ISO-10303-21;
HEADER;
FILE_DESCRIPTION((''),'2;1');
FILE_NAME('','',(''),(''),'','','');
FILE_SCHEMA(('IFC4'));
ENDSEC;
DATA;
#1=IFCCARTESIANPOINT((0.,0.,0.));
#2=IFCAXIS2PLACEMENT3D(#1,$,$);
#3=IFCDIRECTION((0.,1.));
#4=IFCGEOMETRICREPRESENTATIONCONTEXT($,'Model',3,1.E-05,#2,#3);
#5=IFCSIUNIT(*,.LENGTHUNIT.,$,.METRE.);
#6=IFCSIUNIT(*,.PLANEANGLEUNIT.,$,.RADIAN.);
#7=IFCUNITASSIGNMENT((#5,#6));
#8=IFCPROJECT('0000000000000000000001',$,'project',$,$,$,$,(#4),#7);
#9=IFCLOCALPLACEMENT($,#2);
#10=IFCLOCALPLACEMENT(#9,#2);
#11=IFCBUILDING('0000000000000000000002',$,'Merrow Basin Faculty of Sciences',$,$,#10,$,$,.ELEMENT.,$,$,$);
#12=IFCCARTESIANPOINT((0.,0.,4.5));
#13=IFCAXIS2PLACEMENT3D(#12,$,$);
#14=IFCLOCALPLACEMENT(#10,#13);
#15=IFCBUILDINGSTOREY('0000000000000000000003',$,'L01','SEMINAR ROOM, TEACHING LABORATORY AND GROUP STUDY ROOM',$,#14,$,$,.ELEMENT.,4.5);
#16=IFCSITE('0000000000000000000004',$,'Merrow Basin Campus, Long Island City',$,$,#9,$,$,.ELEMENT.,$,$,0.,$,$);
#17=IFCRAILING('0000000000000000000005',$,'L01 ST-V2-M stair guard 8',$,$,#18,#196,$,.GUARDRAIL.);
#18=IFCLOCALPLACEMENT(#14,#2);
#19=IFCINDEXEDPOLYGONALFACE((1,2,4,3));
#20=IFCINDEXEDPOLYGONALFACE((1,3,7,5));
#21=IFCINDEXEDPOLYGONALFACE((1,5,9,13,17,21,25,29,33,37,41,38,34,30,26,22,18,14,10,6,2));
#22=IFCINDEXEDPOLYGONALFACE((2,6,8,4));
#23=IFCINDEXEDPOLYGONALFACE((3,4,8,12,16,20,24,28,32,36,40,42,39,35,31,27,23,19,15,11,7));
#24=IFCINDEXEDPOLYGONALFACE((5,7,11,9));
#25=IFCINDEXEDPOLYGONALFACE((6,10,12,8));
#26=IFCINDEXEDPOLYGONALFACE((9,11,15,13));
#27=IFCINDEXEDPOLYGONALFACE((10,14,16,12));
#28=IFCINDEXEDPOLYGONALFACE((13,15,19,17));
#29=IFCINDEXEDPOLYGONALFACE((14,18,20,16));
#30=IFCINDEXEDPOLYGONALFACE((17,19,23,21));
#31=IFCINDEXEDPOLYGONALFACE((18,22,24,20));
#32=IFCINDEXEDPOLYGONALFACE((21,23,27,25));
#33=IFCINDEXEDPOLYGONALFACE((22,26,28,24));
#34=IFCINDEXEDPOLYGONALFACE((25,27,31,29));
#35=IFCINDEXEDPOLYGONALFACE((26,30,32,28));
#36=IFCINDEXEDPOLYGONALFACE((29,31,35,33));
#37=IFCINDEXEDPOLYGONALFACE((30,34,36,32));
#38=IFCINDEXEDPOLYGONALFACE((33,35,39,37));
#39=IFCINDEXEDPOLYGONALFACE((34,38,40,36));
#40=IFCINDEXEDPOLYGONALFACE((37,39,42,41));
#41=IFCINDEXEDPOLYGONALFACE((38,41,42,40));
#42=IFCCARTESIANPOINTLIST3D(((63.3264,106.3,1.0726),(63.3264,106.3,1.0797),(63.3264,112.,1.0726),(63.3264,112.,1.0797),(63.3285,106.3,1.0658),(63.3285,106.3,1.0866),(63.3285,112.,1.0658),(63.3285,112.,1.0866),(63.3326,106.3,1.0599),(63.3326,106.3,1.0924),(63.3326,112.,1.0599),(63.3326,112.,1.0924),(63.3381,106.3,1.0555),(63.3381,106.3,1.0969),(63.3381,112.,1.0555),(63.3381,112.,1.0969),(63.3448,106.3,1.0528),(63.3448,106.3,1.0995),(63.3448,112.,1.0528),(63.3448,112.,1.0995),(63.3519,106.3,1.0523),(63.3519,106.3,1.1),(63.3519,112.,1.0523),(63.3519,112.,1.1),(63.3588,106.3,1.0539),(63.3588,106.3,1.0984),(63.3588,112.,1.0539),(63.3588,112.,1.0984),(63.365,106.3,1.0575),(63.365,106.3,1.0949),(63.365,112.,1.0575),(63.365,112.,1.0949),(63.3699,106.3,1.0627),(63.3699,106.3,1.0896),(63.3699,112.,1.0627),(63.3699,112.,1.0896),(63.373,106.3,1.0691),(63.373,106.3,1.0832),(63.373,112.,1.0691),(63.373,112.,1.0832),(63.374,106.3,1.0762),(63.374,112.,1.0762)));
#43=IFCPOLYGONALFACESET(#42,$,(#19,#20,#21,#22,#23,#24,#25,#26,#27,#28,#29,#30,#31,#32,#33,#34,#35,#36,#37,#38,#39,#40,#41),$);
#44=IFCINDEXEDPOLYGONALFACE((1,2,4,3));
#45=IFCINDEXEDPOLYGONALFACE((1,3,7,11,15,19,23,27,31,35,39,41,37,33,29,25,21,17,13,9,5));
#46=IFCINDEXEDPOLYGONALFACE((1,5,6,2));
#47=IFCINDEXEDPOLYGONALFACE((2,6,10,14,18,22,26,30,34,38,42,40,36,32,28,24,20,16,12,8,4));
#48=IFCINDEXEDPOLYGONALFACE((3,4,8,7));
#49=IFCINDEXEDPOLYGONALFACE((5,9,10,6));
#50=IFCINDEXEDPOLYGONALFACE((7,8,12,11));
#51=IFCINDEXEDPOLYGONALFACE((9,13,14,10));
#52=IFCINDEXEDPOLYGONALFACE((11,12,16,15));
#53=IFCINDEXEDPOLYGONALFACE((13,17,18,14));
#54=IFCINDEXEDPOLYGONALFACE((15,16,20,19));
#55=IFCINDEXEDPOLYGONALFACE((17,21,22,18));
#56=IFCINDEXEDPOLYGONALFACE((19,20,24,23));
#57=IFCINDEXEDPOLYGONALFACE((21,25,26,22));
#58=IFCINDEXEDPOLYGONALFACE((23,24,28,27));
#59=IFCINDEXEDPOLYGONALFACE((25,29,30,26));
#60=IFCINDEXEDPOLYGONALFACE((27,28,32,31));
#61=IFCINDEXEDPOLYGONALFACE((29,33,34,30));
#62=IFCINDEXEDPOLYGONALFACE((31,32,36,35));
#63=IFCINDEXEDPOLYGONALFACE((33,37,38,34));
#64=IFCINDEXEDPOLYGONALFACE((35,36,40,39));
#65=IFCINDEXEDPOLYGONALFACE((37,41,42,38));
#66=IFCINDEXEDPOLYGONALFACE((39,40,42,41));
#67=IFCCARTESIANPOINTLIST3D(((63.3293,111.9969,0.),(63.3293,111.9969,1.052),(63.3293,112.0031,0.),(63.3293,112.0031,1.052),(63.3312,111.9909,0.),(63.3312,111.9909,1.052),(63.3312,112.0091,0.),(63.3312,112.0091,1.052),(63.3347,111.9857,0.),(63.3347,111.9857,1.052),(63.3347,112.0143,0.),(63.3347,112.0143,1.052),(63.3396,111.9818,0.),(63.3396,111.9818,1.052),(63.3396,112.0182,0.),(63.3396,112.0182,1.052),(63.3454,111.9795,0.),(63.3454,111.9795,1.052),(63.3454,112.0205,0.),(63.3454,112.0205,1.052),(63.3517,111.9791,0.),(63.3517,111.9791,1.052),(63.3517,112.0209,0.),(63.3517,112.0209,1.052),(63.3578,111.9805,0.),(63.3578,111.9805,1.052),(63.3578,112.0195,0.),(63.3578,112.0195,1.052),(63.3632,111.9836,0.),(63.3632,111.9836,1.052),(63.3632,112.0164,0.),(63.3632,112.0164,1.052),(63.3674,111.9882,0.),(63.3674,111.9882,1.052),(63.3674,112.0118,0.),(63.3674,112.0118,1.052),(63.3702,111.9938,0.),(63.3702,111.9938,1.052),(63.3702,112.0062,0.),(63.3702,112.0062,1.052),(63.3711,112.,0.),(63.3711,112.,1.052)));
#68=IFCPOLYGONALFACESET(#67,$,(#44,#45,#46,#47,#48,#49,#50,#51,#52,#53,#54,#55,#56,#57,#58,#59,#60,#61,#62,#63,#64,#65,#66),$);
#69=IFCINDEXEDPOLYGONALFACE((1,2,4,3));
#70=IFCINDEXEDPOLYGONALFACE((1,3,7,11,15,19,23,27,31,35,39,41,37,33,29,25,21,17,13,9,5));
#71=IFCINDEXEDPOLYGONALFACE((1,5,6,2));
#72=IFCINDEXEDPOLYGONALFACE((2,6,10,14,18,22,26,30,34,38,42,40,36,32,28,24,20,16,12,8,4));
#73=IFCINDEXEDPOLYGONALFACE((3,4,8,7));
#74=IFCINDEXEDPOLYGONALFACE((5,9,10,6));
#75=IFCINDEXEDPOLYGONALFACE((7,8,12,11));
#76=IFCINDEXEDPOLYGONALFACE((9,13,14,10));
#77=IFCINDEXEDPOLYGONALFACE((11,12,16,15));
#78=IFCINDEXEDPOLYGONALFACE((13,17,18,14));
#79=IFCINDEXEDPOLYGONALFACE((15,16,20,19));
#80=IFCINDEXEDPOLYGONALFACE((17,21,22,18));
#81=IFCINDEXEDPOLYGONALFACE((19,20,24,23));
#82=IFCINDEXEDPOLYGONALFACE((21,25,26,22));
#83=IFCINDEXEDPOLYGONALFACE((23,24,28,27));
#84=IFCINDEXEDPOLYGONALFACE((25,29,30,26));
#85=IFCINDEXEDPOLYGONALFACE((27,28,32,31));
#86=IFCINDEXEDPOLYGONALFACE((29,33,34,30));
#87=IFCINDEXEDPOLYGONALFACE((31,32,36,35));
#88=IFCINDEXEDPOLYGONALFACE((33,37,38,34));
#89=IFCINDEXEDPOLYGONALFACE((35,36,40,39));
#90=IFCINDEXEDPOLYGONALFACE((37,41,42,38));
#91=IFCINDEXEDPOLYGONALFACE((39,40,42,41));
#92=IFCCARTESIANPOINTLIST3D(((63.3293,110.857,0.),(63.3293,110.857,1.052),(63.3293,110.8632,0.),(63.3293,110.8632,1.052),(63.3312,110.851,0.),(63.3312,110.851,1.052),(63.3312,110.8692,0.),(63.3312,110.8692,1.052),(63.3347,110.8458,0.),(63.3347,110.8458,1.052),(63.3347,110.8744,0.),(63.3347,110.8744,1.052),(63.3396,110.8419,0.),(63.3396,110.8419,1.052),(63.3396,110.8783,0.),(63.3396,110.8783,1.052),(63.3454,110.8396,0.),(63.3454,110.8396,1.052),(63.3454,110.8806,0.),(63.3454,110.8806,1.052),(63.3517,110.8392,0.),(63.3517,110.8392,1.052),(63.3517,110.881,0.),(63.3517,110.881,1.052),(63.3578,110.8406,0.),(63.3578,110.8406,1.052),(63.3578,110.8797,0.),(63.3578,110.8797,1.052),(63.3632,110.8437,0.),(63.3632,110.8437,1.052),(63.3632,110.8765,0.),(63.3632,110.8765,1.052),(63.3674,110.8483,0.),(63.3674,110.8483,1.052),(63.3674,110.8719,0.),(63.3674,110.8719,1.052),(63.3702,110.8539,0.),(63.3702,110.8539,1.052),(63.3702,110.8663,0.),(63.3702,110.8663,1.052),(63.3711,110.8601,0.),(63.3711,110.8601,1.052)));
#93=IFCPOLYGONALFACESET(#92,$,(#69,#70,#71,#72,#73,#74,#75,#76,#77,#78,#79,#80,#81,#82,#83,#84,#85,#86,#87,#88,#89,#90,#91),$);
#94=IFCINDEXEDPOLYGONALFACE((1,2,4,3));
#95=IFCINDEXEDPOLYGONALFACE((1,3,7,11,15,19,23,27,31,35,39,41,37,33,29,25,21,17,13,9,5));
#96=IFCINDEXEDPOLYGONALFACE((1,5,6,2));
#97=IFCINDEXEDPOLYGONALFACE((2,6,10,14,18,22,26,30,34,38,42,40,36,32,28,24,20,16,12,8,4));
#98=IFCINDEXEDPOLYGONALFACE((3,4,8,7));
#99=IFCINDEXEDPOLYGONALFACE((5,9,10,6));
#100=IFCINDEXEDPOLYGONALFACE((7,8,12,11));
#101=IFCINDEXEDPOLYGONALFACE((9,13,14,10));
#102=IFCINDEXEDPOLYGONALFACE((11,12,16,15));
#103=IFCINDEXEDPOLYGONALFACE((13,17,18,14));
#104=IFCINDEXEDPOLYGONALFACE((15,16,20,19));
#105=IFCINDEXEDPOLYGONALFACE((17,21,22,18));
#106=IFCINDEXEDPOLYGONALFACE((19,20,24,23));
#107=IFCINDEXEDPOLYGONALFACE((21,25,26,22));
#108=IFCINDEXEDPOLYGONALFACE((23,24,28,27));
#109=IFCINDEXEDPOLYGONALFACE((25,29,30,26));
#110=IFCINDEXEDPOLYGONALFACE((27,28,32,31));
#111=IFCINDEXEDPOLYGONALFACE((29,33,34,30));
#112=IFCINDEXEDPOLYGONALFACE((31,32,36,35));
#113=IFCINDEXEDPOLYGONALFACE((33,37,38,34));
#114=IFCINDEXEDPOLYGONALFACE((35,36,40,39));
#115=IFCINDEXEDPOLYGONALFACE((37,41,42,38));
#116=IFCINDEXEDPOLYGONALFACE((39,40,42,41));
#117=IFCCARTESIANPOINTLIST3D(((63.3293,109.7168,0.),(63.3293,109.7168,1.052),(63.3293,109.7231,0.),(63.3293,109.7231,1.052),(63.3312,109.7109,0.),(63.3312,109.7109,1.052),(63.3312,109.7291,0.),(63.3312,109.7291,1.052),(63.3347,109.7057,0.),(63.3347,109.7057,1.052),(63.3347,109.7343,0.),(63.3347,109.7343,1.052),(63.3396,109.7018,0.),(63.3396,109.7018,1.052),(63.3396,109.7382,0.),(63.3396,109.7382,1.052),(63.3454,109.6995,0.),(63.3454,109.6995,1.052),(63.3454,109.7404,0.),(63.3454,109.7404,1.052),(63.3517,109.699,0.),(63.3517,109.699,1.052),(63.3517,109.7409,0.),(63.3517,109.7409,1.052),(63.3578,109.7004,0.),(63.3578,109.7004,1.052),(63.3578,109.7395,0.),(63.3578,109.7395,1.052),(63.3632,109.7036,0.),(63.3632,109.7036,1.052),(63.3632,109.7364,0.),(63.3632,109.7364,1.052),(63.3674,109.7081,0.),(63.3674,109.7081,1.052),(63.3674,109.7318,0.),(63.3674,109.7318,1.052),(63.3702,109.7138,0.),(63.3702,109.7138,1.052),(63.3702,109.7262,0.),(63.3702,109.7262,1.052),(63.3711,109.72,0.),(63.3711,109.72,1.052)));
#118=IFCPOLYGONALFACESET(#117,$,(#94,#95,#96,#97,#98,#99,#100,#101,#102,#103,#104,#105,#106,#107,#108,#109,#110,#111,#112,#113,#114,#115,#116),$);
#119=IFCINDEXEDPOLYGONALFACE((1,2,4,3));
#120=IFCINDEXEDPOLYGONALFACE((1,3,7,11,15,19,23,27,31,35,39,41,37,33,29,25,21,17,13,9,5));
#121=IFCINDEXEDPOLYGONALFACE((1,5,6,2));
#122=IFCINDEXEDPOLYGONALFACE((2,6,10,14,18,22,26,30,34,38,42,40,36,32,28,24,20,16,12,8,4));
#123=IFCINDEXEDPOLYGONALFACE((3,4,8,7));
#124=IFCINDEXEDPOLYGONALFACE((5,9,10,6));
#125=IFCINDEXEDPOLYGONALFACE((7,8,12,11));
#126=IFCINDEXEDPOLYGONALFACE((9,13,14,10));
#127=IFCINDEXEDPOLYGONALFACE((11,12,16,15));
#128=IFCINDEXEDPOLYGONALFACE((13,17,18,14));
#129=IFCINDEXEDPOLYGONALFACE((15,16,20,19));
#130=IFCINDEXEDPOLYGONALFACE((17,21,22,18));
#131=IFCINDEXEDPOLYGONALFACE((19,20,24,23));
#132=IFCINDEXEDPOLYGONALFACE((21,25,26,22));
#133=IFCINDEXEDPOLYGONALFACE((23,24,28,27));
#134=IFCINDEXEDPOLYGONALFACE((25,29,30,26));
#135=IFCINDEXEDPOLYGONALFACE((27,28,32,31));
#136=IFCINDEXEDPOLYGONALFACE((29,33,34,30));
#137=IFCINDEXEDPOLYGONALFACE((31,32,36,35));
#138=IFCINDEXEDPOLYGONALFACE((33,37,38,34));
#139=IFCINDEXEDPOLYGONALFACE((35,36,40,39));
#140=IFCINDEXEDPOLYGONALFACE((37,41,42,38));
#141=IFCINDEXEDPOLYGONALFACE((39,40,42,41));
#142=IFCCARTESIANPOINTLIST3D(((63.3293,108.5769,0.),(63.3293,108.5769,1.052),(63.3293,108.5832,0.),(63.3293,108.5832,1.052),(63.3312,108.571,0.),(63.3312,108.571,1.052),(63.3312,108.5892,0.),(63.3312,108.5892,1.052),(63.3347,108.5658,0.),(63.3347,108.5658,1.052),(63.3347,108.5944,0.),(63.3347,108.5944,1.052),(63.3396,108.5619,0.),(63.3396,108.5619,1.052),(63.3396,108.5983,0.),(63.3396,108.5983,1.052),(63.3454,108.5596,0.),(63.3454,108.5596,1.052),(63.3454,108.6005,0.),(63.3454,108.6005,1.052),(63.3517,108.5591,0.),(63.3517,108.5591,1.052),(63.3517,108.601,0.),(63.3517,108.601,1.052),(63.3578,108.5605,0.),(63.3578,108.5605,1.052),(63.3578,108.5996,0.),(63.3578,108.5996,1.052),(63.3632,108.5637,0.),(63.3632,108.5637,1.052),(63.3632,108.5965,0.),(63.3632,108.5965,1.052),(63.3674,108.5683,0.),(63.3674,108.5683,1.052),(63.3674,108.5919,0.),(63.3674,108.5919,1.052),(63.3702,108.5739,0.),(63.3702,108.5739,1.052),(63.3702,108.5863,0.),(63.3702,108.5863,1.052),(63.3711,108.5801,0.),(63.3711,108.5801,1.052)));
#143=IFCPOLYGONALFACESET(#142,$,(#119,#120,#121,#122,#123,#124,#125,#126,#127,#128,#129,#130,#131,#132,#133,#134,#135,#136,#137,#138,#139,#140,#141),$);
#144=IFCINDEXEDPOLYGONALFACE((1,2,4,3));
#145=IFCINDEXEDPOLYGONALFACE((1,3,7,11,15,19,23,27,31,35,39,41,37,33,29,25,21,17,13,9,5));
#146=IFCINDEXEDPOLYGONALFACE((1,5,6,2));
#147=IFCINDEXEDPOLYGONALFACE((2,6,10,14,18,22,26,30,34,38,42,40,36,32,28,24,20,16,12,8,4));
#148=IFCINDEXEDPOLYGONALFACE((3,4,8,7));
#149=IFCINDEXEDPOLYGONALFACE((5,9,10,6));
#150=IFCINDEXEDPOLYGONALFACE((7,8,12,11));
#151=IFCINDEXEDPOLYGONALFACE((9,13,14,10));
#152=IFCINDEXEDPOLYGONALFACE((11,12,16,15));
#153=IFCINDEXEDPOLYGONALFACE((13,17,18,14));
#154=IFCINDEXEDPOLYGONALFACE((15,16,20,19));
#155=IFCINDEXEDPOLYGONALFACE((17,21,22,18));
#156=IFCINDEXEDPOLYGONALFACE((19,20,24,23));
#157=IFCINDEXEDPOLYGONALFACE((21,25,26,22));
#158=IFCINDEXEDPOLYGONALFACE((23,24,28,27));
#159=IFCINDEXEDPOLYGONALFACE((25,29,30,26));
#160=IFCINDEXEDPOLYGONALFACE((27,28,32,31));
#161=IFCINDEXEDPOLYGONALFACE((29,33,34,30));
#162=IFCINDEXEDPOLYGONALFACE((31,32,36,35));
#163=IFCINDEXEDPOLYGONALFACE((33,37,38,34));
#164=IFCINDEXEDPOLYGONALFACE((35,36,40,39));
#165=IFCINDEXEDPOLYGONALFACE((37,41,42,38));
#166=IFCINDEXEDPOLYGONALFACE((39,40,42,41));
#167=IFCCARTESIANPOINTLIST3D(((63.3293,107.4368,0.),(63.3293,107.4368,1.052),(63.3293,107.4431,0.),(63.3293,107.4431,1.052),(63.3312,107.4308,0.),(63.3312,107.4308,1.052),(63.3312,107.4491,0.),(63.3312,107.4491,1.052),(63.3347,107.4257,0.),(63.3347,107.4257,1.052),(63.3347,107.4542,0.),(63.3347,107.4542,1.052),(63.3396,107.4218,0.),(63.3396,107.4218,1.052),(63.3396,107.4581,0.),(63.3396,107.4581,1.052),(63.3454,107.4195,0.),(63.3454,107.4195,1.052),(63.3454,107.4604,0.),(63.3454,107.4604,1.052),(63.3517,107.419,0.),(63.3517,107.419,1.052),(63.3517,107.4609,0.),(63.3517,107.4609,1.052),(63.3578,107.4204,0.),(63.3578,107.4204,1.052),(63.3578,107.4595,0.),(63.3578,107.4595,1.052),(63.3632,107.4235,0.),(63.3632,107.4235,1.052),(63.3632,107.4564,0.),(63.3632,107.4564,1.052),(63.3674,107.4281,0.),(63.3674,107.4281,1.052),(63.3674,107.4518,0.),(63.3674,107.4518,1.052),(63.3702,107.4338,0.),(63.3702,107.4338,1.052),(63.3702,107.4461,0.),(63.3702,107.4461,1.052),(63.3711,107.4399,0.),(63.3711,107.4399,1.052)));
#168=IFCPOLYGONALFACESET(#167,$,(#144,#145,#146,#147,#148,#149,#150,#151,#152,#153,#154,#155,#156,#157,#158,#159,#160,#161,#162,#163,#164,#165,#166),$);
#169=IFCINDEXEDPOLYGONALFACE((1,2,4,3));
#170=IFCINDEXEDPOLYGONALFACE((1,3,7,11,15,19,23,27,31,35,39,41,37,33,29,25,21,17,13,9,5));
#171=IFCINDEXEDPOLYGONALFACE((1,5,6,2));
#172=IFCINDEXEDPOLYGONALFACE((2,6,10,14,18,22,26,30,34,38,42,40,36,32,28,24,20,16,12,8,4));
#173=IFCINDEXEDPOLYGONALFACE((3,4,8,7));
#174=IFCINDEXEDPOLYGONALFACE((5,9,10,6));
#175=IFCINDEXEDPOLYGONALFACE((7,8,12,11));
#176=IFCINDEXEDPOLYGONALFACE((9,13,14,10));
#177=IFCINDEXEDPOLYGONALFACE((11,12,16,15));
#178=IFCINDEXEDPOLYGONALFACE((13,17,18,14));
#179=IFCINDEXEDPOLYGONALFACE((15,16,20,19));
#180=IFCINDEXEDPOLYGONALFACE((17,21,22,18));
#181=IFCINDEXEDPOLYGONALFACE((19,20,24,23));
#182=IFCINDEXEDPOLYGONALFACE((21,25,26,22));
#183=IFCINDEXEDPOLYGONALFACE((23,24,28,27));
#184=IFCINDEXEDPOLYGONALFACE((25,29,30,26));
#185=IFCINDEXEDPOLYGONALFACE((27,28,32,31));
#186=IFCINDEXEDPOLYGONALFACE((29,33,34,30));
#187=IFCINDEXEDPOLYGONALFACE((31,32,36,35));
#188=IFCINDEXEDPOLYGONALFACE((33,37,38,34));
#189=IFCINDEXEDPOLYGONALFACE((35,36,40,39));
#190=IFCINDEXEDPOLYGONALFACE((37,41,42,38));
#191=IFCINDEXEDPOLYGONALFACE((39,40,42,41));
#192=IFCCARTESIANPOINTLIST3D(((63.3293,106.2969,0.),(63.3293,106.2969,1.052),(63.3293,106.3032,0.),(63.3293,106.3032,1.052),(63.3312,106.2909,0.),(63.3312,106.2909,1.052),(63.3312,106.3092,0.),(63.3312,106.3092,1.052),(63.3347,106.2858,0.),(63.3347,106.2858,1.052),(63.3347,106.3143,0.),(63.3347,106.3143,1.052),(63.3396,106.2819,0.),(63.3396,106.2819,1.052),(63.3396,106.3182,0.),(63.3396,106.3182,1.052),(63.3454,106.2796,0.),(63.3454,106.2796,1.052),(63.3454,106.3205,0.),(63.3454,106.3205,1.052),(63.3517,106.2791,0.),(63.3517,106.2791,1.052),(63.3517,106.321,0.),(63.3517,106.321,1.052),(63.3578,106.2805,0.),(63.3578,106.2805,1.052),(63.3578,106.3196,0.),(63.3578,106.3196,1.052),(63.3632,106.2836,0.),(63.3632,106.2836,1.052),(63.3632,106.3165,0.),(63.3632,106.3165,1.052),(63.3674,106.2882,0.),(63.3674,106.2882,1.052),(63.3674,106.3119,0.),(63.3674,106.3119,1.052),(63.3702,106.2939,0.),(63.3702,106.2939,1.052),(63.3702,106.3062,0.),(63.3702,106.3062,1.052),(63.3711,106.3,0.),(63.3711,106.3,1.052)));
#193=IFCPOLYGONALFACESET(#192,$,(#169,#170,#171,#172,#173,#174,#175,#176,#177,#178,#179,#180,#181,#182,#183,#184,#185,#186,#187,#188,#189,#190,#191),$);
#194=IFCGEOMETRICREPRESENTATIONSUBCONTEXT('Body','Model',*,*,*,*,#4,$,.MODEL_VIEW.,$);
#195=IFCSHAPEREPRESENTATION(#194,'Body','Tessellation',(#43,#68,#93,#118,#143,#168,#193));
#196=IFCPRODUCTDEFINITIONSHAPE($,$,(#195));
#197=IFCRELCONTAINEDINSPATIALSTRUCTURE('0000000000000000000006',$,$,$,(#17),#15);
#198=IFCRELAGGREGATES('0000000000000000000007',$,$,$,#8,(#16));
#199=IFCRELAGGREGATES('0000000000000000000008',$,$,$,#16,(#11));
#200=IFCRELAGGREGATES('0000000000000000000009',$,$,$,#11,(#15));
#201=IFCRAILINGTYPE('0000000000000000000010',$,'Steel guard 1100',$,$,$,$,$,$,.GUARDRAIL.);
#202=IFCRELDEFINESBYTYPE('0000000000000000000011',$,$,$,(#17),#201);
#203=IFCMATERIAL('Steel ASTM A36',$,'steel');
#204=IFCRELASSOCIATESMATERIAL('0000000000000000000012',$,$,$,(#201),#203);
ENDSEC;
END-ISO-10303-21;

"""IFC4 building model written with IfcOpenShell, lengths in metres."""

from ifc_helpers import new_model, si_unit, direction, frame, origin, origin_2d, place, context, subcontext, project, spatial, circle, extrude, material, type_object, element, save


model = new_model("IFC4")

# Units and contexts
model_context = context("Model", 3, precision=1e-05, world=origin(), true_north=direction((0.0, 1.0)))
body_context = subcontext(model_context, "Body", "Model", "MODEL_VIEW")
ifc_project = project(units=[si_unit("LENGTHUNIT", "METRE"), si_unit("PLANEANGLEUNIT", "RADIAN")], contexts=[model_context])

# Site, building, storey
site_placement = place(None, origin())
site = spatial("IfcSite", under=ifc_project, at=site_placement, Name="Merrow Basin Campus, Long Island City", CompositionType="ELEMENT", RefElevation=0.0)
building_placement = place(site_placement, origin())
building = spatial("IfcBuilding", under=site, at=building_placement, Name="Merrow Basin Faculty of Sciences", CompositionType="ELEMENT")
storey_placement = place(building_placement, frame((0.0, 0.0, 4.5)))
storey = spatial("IfcBuildingStorey", under=building, at=storey_placement, Name="L01", Description="SEMINAR ROOM, TEACHING LABORATORY AND GROUP STUDY ROOM", CompositionType="ELEMENT", Elevation=4.5)

# Railing
ifc_material_1 = material(Name="Steel ASTM A36", Category="steel")
railing_type_1 = type_object("IfcRailingType", Name="Steel guard 1100", PredefinedType="GUARDRAIL", material=ifc_material_1)
railing_1_placement = place(storey_placement, frame((63.3501, 112.0, 0.0)))
element("IfcRailing", 1, at=railing_1_placement, inside=storey, type_object=railing_type_1, Name="L01 ST-V2-M stair guard 8", PredefinedType="GUARDRAIL", context=body_context, shape_type="SweptSolid", body=[
    extrude(circle(Radius=0.0239, at=origin_2d()), frame((0.0, 0.0, 1.0762), z_axis=(0.0, -1.0, 0.0), x_axis=(1.0, 0.0, 0.0)), (0.0, 0.0, 1.0), 5.7),
    extrude(circle(Radius=0.021, at=origin_2d()), origin(), (0.0, 0.0, 1.0), 1.052),
    extrude(circle(Radius=0.021, at=origin_2d()), frame((0.0, -1.1399, 0.0)), (0.0, 0.0, 1.0), 1.052),
    extrude(circle(Radius=0.021, at=origin_2d()), frame((0.0, -2.28, 0.0)), (0.0, 0.0, 1.0), 1.052),
    extrude(circle(Radius=0.021, at=origin_2d()), frame((0.0, -3.4199, 0.0)), (0.0, 0.0, 1.0), 1.052),
    extrude(circle(Radius=0.021, at=origin_2d()), frame((0.0, -4.5601, 0.0)), (0.0, 0.0, 1.0), 1.052),
    extrude(circle(Radius=0.021, at=origin_2d()), frame((0.0, -5.7, 0.0)), (0.0, 0.0, 1.0), 1.052),
])

save(model, "model.ifc")
